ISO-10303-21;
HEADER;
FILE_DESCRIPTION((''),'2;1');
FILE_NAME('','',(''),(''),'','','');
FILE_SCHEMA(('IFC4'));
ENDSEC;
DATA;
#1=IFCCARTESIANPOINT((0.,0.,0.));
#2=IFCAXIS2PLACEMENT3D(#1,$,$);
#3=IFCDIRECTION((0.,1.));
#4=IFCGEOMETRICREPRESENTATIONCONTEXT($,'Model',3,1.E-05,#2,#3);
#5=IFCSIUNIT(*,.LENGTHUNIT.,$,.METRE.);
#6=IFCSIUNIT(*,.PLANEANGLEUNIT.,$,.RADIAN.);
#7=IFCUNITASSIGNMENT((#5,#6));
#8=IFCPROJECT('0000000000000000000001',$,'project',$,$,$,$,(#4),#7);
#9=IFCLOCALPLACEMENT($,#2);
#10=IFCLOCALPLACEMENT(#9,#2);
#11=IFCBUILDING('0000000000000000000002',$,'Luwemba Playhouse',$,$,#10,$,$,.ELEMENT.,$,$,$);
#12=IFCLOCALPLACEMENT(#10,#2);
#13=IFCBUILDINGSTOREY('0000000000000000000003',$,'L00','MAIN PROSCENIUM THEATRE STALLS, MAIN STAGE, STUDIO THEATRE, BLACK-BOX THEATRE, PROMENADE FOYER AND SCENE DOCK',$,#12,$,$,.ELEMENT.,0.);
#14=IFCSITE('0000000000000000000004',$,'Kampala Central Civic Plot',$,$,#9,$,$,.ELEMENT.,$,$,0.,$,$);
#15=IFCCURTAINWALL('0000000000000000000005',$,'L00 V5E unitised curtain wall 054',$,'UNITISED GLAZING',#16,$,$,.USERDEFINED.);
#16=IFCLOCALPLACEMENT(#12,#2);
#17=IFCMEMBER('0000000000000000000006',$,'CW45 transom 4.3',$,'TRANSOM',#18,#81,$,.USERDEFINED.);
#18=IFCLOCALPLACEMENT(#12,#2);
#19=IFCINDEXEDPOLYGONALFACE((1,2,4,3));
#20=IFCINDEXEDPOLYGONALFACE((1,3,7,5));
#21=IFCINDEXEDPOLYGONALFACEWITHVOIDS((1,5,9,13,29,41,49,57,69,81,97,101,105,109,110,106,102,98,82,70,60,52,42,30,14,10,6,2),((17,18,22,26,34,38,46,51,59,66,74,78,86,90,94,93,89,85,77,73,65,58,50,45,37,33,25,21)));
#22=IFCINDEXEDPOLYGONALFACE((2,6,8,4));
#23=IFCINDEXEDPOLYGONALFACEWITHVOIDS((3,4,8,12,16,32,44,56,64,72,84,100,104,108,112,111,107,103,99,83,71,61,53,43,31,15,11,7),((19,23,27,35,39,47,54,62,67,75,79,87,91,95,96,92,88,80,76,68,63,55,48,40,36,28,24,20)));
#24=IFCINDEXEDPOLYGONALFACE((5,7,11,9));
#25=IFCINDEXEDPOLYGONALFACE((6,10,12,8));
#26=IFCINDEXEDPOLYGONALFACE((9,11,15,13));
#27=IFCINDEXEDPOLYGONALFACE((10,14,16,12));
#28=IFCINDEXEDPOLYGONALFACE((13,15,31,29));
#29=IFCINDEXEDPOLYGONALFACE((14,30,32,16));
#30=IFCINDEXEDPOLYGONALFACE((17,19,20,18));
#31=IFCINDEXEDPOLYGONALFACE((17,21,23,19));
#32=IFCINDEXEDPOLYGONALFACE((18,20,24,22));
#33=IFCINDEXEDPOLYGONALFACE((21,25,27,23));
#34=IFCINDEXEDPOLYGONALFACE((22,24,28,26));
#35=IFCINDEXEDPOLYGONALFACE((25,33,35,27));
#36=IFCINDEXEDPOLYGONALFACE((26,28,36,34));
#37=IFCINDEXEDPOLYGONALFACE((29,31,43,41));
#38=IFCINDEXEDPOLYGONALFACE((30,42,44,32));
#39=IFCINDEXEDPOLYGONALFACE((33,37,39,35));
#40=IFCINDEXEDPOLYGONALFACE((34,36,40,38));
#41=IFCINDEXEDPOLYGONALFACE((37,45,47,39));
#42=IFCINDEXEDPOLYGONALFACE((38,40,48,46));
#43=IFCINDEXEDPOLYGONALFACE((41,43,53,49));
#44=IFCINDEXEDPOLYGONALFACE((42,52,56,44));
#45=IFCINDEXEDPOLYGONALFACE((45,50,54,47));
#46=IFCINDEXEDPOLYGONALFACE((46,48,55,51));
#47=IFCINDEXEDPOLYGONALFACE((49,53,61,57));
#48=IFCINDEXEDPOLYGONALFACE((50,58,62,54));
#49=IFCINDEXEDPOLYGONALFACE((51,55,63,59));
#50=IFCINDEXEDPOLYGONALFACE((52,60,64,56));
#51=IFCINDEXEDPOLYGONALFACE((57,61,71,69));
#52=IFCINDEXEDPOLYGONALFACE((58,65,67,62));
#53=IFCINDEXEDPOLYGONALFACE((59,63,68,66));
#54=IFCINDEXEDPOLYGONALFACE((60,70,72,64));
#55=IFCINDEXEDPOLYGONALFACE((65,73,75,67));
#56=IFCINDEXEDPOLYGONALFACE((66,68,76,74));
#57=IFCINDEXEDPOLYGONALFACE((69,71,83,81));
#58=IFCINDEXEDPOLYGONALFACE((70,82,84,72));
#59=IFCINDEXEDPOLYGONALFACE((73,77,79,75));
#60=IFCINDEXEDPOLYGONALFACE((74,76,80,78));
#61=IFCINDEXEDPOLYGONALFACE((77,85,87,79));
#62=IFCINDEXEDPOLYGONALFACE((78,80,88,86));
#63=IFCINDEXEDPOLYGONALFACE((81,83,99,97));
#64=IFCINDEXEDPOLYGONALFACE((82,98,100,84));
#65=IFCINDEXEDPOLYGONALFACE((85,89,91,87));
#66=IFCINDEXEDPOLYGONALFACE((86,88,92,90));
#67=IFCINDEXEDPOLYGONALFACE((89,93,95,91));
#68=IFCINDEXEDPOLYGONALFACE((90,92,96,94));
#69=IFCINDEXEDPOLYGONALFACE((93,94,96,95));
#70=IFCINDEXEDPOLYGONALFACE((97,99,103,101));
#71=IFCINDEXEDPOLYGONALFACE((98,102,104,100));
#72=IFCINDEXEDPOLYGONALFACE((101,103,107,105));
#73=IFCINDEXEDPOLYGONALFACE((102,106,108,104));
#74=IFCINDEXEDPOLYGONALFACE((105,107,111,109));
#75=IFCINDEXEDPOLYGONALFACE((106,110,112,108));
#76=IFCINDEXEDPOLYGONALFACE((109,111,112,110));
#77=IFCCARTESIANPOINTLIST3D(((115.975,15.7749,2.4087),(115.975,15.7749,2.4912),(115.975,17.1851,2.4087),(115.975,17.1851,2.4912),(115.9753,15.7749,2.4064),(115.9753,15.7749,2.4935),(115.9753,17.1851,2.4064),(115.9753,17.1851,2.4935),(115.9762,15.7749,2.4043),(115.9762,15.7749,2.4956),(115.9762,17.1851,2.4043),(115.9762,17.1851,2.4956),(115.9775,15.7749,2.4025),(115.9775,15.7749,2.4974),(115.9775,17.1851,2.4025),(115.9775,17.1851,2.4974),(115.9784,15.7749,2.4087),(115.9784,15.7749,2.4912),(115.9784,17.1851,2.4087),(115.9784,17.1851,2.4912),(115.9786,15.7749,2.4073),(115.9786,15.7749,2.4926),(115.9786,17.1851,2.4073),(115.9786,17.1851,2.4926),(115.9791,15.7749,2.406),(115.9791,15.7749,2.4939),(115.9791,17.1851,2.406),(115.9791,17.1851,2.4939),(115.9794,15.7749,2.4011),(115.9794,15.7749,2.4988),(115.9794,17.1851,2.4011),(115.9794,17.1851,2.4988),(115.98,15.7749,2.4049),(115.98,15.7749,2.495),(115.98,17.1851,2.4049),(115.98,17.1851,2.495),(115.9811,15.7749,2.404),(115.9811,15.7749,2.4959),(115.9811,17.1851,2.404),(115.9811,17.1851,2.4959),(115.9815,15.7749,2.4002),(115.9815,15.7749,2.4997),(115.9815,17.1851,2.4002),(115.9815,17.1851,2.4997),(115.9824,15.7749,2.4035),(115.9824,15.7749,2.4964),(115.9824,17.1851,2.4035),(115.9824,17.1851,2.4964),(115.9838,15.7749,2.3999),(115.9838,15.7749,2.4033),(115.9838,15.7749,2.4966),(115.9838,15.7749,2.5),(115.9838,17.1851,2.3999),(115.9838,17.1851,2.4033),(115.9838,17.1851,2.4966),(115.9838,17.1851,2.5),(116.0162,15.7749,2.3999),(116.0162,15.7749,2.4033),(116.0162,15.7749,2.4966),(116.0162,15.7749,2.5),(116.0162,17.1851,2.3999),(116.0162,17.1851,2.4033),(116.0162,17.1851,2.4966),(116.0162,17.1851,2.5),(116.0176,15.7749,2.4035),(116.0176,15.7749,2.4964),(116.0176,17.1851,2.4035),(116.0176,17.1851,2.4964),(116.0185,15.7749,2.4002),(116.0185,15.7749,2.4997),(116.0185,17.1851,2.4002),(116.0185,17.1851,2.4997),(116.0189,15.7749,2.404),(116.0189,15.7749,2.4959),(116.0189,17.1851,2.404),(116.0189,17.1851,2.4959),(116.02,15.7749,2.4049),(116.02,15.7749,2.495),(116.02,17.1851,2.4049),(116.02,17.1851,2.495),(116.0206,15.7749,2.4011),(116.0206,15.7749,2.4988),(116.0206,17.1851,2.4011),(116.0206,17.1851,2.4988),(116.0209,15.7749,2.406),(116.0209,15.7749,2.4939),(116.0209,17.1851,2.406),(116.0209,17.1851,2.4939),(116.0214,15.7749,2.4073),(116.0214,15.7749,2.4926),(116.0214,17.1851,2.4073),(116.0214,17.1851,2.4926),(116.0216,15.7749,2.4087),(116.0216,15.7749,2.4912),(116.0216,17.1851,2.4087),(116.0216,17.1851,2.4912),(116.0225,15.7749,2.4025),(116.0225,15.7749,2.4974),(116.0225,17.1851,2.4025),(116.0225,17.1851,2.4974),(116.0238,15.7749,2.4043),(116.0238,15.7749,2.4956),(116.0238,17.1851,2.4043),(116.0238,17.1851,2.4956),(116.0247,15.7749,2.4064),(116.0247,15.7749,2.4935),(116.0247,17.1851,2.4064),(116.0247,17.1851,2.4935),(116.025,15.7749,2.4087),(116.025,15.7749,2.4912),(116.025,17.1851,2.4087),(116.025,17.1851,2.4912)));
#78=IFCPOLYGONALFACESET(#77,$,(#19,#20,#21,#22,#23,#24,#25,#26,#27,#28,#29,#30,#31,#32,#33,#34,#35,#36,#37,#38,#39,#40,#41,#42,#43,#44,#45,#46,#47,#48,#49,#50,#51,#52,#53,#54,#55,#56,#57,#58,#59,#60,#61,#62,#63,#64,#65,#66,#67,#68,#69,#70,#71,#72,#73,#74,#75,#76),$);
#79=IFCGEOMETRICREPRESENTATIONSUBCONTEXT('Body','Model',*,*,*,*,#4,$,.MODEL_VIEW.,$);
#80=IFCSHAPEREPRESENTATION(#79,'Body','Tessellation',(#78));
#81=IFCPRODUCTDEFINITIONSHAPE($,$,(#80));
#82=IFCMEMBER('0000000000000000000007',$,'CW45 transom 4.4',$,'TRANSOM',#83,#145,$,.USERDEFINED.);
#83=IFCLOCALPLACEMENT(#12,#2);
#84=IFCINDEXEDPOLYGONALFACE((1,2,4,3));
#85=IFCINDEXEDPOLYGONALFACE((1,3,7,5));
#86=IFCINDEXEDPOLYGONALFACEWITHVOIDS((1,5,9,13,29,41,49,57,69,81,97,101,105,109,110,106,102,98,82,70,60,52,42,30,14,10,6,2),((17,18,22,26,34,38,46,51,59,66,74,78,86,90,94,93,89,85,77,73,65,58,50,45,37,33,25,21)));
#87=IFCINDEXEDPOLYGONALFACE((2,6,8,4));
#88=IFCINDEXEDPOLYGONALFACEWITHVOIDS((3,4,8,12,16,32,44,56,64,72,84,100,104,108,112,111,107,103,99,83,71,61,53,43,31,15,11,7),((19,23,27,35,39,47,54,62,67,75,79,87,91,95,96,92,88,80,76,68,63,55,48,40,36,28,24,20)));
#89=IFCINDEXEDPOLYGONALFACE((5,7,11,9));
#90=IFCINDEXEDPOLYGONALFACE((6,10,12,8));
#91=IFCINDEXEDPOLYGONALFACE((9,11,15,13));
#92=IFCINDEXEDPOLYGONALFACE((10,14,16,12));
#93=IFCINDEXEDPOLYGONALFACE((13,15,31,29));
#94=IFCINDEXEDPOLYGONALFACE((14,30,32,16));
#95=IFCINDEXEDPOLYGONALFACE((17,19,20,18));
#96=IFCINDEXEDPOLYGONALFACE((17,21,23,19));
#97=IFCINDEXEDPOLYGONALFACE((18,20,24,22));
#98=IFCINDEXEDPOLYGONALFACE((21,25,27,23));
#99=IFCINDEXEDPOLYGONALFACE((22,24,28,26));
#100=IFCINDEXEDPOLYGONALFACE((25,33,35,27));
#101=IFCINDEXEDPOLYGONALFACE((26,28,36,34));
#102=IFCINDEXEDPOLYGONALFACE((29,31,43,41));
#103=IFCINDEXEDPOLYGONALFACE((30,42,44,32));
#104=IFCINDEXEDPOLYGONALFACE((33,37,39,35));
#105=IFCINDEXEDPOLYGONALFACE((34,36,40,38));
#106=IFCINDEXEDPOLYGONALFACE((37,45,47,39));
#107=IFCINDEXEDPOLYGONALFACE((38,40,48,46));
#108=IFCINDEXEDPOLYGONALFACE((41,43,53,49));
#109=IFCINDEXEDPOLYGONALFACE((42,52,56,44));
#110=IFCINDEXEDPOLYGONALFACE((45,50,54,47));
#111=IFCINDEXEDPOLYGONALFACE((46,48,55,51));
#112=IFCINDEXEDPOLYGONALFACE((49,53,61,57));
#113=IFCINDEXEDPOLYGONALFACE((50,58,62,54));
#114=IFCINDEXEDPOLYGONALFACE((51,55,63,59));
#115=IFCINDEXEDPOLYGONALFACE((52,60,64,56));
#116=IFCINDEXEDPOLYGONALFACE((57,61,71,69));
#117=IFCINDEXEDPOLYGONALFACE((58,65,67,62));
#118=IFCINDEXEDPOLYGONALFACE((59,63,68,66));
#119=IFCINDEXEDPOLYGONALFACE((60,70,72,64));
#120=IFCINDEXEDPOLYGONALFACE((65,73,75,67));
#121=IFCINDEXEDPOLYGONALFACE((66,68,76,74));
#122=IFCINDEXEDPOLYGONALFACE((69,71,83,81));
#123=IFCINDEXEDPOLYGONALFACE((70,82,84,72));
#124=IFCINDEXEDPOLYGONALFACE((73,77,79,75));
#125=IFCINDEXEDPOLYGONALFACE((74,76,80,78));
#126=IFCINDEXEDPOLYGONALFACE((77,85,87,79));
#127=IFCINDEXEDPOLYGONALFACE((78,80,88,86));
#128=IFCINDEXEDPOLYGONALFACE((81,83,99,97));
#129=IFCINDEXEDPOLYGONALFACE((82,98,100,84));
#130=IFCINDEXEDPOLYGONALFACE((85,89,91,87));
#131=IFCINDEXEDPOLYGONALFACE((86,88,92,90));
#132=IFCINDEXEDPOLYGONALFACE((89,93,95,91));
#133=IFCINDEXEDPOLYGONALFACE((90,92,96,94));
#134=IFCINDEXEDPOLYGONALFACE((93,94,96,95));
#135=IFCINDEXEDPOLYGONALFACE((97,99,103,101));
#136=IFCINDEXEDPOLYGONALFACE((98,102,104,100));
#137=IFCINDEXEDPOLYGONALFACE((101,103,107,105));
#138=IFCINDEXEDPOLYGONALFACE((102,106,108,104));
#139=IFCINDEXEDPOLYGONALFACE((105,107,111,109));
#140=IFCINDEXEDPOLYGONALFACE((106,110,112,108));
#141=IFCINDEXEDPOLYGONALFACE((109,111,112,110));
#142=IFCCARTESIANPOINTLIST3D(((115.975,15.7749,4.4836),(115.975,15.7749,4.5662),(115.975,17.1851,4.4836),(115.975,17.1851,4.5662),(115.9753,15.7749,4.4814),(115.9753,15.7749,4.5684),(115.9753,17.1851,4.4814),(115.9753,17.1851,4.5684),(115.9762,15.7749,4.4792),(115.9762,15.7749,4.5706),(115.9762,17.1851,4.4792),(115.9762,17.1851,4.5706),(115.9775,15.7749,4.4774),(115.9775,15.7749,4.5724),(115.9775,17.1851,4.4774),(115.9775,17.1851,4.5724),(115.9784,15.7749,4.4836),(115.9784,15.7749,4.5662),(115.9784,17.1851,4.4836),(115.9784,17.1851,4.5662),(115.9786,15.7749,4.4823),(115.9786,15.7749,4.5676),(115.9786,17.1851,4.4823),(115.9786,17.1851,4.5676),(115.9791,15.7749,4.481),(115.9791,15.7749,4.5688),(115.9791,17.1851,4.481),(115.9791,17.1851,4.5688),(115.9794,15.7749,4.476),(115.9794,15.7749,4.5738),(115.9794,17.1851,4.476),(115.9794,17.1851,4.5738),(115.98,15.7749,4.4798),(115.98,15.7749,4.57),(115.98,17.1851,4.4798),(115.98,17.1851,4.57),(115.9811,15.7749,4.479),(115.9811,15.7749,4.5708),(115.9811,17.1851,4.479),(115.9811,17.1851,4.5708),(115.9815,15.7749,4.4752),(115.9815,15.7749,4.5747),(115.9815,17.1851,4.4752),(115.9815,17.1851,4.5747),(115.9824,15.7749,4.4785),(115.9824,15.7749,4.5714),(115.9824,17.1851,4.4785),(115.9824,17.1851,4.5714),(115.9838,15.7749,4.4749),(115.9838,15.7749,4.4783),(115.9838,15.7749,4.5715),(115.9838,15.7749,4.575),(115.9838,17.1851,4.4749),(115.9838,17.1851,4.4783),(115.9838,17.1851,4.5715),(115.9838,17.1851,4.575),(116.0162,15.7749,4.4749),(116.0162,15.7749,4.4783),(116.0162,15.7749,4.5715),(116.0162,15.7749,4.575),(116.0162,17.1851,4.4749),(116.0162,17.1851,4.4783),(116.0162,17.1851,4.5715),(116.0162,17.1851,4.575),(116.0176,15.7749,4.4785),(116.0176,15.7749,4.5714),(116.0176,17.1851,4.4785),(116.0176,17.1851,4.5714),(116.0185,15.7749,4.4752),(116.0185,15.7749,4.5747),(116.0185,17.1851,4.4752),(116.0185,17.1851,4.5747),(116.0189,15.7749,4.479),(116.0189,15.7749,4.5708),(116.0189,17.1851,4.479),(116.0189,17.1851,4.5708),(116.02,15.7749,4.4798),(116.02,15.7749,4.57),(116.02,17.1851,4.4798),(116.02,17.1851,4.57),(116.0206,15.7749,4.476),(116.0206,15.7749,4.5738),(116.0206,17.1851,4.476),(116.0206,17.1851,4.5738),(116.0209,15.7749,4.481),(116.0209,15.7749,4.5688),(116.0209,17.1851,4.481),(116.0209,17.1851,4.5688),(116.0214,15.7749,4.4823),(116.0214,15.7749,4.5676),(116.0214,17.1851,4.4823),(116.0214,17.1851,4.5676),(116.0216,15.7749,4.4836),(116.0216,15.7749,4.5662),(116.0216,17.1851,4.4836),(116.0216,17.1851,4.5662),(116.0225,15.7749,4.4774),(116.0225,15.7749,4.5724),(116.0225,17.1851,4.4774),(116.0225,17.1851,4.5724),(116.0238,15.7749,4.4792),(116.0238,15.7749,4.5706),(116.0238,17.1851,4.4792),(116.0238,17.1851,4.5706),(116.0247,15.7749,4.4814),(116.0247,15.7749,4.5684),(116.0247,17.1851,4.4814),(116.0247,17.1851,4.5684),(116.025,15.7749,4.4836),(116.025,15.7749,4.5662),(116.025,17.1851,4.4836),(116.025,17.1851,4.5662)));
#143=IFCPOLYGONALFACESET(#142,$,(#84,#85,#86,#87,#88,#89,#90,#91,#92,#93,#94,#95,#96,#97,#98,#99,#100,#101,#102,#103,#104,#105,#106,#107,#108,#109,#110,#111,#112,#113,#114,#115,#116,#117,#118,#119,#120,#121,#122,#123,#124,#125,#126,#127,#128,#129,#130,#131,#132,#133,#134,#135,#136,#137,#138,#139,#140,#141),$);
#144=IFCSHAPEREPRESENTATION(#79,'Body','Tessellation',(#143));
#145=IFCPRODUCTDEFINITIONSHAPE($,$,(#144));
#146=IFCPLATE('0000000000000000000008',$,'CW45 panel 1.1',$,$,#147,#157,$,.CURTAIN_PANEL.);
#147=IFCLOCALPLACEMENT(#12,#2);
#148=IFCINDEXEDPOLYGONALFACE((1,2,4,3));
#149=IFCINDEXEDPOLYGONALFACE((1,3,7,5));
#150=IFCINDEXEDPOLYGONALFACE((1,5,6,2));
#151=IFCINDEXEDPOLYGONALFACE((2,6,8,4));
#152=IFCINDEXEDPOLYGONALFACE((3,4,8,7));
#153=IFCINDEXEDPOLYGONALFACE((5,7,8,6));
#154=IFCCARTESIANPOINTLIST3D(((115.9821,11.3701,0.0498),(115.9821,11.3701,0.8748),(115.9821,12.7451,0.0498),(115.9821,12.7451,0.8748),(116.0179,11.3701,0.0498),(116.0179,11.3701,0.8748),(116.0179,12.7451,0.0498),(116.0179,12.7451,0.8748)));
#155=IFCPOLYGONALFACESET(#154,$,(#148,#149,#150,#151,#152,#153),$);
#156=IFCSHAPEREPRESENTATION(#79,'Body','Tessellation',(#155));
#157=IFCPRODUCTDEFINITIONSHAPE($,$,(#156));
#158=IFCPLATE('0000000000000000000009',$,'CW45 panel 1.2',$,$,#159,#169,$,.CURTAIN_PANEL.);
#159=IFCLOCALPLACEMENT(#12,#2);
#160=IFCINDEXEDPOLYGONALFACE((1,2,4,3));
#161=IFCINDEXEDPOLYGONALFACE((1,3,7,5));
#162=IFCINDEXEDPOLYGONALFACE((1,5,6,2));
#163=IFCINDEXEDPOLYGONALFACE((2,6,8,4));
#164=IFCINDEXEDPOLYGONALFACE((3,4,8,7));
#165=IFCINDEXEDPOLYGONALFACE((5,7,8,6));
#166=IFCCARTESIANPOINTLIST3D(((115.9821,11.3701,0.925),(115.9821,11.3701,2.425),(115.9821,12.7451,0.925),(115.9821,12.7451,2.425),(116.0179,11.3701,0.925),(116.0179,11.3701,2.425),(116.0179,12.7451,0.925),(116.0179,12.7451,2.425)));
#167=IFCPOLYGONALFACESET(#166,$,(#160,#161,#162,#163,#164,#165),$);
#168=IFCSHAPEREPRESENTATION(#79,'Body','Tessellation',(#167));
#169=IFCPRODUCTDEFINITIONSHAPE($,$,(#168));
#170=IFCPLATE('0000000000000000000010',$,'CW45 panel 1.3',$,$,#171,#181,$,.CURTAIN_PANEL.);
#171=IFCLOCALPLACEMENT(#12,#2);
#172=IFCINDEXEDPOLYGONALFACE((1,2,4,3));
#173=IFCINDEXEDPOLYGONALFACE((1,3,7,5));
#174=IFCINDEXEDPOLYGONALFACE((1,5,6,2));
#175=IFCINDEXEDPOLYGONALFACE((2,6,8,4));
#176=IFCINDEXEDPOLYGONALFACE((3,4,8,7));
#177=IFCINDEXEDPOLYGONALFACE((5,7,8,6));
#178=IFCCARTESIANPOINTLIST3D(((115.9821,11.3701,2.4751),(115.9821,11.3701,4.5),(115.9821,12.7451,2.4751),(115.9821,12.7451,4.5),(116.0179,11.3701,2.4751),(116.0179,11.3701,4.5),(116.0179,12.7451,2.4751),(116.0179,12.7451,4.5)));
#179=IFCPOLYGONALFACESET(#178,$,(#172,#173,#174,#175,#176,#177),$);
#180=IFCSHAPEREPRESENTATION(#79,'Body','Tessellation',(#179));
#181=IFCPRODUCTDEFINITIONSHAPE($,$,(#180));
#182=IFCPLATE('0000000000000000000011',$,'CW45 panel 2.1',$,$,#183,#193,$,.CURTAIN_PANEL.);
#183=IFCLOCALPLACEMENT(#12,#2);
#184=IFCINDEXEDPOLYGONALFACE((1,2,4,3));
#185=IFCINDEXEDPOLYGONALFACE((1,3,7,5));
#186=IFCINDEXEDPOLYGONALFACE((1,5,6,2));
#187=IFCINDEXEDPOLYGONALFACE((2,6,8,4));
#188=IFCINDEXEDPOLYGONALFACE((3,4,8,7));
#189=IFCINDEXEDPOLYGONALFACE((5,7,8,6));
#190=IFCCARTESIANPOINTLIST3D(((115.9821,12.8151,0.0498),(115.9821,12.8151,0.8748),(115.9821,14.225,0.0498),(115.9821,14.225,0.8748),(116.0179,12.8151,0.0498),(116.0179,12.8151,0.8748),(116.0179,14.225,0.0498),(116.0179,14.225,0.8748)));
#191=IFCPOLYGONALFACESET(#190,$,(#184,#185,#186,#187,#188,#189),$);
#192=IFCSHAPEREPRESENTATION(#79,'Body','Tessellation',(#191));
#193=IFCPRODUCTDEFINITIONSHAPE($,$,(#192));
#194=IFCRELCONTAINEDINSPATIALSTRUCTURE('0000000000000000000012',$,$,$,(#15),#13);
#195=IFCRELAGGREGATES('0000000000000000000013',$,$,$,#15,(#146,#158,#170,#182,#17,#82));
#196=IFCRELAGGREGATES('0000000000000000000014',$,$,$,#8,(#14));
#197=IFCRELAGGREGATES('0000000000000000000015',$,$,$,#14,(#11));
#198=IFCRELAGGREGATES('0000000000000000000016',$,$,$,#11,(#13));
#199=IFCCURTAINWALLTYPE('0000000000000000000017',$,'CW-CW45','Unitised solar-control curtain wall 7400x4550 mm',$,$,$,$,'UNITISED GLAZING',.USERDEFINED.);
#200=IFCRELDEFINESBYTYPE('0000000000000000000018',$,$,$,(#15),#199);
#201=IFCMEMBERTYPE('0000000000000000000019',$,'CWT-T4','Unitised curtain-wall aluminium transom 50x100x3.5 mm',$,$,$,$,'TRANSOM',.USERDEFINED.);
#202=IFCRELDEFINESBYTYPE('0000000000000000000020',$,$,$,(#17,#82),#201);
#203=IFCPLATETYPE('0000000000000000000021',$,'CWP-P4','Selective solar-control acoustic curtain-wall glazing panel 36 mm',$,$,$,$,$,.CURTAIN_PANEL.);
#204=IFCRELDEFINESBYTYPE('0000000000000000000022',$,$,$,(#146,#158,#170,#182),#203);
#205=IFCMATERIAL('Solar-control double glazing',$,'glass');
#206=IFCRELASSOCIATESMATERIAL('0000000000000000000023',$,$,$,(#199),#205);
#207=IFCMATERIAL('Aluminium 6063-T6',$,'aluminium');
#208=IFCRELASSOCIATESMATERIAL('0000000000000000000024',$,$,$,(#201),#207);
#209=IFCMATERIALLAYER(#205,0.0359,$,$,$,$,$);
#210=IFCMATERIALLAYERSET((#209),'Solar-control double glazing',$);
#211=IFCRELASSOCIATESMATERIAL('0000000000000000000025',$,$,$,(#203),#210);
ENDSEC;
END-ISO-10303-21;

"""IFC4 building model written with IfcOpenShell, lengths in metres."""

from ifc_helpers import new_model, si_unit, direction, frame, origin, origin_2d, place, context, subcontext, project, spatial, rectangle, hollow_rectangle, extrude, material, layer, layer_set, material_profile, profile_set, type_object, element, aggregate, save


model = new_model("IFC4")

# Units and contexts
model_context = context("Model", 3, precision=1e-05, world=origin(), true_north=direction((0.0, 1.0)))
body_context = subcontext(model_context, "Body", "Model", "MODEL_VIEW")
ifc_project = project(units=[si_unit("LENGTHUNIT", "METRE"), si_unit("PLANEANGLEUNIT", "RADIAN")], contexts=[model_context])

# Site, building, storey
site_placement = place(None, origin())
site = spatial("IfcSite", under=ifc_project, at=site_placement, Name="Kampala Central Civic Plot", CompositionType="ELEMENT", RefElevation=0.0)
building_placement = place(site_placement, origin())
building = spatial("IfcBuilding", under=site, at=building_placement, Name="Luwemba Playhouse", CompositionType="ELEMENT")
storey_placement = place(building_placement, origin())
storey = spatial("IfcBuildingStorey", under=building, at=storey_placement, Name="L00", Description="MAIN PROSCENIUM THEATRE STALLS, MAIN STAGE, STUDIO THEATRE, BLACK-BOX THEATRE, PROMENADE FOYER AND SCENE DOCK", CompositionType="ELEMENT", Elevation=0.0)

# Curtain wall, members, plates
ifc_material_1 = material(Name="Solar-control double glazing", Category="glass")
curtain_wall_type = type_object("IfcCurtainWallType", Name="CW-CW45", Description="Unitised solar-control curtain wall 7400x4550 mm", ElementType="UNITISED GLAZING", PredefinedType="USERDEFINED", material=ifc_material_1)
curtain_wall_placement = place(storey_placement, origin())
curtain_wall = element("IfcCurtainWall", 1, at=curtain_wall_placement, inside=storey, type_object=curtain_wall_type, Name="L00 V5E unitised curtain wall 054", ObjectType="UNITISED GLAZING", PredefinedType="USERDEFINED")
ifc_material_2 = material(Name="Aluminium 6063-T6", Category="aluminium")
ifc_material_profile_1 = material_profile(ifc_material_2, hollow_rectangle(XDim=0.05, YDim=0.1001, WallThickness=0.0034, InnerFilletRadius=0.0054, OuterFilletRadius=0.0088, at=origin_2d()))
ifc_profile_set_1 = profile_set([ifc_material_profile_1], Name="Aluminium 6063-T6")
member_type = type_object("IfcMemberType", Name="CWT-T4", Description="Unitised curtain-wall aluminium transom 50x100x3.5 mm", ElementType="TRANSOM", PredefinedType="USERDEFINED", material=ifc_profile_set_1)
member_1_placement = place(storey_placement, frame((116.0, 15.7749, 2.45), z_axis=(0.0, 1.0, 0.0), x_axis=(-1.0, 0.0, 0.0)))
member_1 = element("IfcMember", 2, at=member_1_placement, type_object=member_type, Name="CW45 transom 4.3", ObjectType="TRANSOM", PredefinedType="USERDEFINED", context=body_context, shape_type="SweptSolid", body=[
    extrude(hollow_rectangle(XDim=0.05, YDim=0.1001, WallThickness=0.0034, InnerFilletRadius=0.0054, OuterFilletRadius=0.0088, at=origin_2d()), origin(), (0.0, 0.0, 1.0), 1.4102),
])
member_2_placement = place(storey_placement, frame((116.0, 15.7749, 4.5249), z_axis=(0.0, 1.0, 0.0), x_axis=(-1.0, 0.0, 0.0)))
member_2 = element("IfcMember", 3, at=member_2_placement, type_object=member_type, Name="CW45 transom 4.4", ObjectType="TRANSOM", PredefinedType="USERDEFINED", context=body_context, shape_type="SweptSolid", body=[
    extrude(hollow_rectangle(XDim=0.05, YDim=0.1001, WallThickness=0.0034, InnerFilletRadius=0.0054, OuterFilletRadius=0.0088, at=origin_2d()), origin(), (0.0, 0.0, 1.0), 1.4102),
])
ifc_layer = layer(ifc_material_1, 0.0359)
ifc_layer_set = layer_set([ifc_layer], Name="Solar-control double glazing")
plate_type = type_object("IfcPlateType", Name="CWP-P4", Description="Selective solar-control acoustic curtain-wall glazing panel 36 mm", PredefinedType="CURTAIN_PANEL", material=ifc_layer_set)
plate_1_placement = place(storey_placement, frame((116.0, 12.0576, 0.0498), z_axis=(0.0, 0.0, 1.0), x_axis=(0.0, 1.0, 0.0)))
plate_1 = element("IfcPlate", 4, at=plate_1_placement, type_object=plate_type, Name="CW45 panel 1.1", PredefinedType="CURTAIN_PANEL", context=body_context, shape_type="SweptSolid", body=[
    extrude(rectangle(XDim=1.375, YDim=0.0359, at=origin_2d()), origin(), (0.0, 0.0, 1.0), 0.825),
])
plate_2_placement = place(storey_placement, frame((116.0, 12.0576, 0.925), z_axis=(0.0, 0.0, 1.0), x_axis=(0.0, 1.0, 0.0)))
plate_2 = element("IfcPlate", 5, at=plate_2_placement, type_object=plate_type, Name="CW45 panel 1.2", PredefinedType="CURTAIN_PANEL", context=body_context, shape_type="SweptSolid", body=[
    extrude(rectangle(XDim=1.375, YDim=0.0359, at=origin_2d()), origin(), (0.0, 0.0, 1.0), 1.5),
])
plate_3_placement = place(storey_placement, frame((116.0, 12.0576, 2.4751), z_axis=(0.0, 0.0, 1.0), x_axis=(0.0, 1.0, 0.0)))
plate_3 = element("IfcPlate", 6, at=plate_3_placement, type_object=plate_type, Name="CW45 panel 1.3", PredefinedType="CURTAIN_PANEL", context=body_context, shape_type="SweptSolid", body=[
    extrude(rectangle(XDim=1.375, YDim=0.0359, at=origin_2d()), origin(), (0.0, 0.0, 1.0), 2.0249),
])
plate_4_placement = place(storey_placement, frame((116.0, 13.52, 0.0498), z_axis=(0.0, 0.0, 1.0), x_axis=(0.0, 1.0, 0.0)))
plate_4 = element("IfcPlate", 7, at=plate_4_placement, type_object=plate_type, Name="CW45 panel 2.1", PredefinedType="CURTAIN_PANEL", context=body_context, shape_type="SweptSolid", body=[
    extrude(rectangle(XDim=1.4099, YDim=0.0359, at=origin_2d()), origin(), (0.0, 0.0, 1.0), 0.825),
])
aggregate(curtain_wall, [plate_1, plate_2, plate_3, plate_4, member_1, member_2])

save(model, "model.ifc")
